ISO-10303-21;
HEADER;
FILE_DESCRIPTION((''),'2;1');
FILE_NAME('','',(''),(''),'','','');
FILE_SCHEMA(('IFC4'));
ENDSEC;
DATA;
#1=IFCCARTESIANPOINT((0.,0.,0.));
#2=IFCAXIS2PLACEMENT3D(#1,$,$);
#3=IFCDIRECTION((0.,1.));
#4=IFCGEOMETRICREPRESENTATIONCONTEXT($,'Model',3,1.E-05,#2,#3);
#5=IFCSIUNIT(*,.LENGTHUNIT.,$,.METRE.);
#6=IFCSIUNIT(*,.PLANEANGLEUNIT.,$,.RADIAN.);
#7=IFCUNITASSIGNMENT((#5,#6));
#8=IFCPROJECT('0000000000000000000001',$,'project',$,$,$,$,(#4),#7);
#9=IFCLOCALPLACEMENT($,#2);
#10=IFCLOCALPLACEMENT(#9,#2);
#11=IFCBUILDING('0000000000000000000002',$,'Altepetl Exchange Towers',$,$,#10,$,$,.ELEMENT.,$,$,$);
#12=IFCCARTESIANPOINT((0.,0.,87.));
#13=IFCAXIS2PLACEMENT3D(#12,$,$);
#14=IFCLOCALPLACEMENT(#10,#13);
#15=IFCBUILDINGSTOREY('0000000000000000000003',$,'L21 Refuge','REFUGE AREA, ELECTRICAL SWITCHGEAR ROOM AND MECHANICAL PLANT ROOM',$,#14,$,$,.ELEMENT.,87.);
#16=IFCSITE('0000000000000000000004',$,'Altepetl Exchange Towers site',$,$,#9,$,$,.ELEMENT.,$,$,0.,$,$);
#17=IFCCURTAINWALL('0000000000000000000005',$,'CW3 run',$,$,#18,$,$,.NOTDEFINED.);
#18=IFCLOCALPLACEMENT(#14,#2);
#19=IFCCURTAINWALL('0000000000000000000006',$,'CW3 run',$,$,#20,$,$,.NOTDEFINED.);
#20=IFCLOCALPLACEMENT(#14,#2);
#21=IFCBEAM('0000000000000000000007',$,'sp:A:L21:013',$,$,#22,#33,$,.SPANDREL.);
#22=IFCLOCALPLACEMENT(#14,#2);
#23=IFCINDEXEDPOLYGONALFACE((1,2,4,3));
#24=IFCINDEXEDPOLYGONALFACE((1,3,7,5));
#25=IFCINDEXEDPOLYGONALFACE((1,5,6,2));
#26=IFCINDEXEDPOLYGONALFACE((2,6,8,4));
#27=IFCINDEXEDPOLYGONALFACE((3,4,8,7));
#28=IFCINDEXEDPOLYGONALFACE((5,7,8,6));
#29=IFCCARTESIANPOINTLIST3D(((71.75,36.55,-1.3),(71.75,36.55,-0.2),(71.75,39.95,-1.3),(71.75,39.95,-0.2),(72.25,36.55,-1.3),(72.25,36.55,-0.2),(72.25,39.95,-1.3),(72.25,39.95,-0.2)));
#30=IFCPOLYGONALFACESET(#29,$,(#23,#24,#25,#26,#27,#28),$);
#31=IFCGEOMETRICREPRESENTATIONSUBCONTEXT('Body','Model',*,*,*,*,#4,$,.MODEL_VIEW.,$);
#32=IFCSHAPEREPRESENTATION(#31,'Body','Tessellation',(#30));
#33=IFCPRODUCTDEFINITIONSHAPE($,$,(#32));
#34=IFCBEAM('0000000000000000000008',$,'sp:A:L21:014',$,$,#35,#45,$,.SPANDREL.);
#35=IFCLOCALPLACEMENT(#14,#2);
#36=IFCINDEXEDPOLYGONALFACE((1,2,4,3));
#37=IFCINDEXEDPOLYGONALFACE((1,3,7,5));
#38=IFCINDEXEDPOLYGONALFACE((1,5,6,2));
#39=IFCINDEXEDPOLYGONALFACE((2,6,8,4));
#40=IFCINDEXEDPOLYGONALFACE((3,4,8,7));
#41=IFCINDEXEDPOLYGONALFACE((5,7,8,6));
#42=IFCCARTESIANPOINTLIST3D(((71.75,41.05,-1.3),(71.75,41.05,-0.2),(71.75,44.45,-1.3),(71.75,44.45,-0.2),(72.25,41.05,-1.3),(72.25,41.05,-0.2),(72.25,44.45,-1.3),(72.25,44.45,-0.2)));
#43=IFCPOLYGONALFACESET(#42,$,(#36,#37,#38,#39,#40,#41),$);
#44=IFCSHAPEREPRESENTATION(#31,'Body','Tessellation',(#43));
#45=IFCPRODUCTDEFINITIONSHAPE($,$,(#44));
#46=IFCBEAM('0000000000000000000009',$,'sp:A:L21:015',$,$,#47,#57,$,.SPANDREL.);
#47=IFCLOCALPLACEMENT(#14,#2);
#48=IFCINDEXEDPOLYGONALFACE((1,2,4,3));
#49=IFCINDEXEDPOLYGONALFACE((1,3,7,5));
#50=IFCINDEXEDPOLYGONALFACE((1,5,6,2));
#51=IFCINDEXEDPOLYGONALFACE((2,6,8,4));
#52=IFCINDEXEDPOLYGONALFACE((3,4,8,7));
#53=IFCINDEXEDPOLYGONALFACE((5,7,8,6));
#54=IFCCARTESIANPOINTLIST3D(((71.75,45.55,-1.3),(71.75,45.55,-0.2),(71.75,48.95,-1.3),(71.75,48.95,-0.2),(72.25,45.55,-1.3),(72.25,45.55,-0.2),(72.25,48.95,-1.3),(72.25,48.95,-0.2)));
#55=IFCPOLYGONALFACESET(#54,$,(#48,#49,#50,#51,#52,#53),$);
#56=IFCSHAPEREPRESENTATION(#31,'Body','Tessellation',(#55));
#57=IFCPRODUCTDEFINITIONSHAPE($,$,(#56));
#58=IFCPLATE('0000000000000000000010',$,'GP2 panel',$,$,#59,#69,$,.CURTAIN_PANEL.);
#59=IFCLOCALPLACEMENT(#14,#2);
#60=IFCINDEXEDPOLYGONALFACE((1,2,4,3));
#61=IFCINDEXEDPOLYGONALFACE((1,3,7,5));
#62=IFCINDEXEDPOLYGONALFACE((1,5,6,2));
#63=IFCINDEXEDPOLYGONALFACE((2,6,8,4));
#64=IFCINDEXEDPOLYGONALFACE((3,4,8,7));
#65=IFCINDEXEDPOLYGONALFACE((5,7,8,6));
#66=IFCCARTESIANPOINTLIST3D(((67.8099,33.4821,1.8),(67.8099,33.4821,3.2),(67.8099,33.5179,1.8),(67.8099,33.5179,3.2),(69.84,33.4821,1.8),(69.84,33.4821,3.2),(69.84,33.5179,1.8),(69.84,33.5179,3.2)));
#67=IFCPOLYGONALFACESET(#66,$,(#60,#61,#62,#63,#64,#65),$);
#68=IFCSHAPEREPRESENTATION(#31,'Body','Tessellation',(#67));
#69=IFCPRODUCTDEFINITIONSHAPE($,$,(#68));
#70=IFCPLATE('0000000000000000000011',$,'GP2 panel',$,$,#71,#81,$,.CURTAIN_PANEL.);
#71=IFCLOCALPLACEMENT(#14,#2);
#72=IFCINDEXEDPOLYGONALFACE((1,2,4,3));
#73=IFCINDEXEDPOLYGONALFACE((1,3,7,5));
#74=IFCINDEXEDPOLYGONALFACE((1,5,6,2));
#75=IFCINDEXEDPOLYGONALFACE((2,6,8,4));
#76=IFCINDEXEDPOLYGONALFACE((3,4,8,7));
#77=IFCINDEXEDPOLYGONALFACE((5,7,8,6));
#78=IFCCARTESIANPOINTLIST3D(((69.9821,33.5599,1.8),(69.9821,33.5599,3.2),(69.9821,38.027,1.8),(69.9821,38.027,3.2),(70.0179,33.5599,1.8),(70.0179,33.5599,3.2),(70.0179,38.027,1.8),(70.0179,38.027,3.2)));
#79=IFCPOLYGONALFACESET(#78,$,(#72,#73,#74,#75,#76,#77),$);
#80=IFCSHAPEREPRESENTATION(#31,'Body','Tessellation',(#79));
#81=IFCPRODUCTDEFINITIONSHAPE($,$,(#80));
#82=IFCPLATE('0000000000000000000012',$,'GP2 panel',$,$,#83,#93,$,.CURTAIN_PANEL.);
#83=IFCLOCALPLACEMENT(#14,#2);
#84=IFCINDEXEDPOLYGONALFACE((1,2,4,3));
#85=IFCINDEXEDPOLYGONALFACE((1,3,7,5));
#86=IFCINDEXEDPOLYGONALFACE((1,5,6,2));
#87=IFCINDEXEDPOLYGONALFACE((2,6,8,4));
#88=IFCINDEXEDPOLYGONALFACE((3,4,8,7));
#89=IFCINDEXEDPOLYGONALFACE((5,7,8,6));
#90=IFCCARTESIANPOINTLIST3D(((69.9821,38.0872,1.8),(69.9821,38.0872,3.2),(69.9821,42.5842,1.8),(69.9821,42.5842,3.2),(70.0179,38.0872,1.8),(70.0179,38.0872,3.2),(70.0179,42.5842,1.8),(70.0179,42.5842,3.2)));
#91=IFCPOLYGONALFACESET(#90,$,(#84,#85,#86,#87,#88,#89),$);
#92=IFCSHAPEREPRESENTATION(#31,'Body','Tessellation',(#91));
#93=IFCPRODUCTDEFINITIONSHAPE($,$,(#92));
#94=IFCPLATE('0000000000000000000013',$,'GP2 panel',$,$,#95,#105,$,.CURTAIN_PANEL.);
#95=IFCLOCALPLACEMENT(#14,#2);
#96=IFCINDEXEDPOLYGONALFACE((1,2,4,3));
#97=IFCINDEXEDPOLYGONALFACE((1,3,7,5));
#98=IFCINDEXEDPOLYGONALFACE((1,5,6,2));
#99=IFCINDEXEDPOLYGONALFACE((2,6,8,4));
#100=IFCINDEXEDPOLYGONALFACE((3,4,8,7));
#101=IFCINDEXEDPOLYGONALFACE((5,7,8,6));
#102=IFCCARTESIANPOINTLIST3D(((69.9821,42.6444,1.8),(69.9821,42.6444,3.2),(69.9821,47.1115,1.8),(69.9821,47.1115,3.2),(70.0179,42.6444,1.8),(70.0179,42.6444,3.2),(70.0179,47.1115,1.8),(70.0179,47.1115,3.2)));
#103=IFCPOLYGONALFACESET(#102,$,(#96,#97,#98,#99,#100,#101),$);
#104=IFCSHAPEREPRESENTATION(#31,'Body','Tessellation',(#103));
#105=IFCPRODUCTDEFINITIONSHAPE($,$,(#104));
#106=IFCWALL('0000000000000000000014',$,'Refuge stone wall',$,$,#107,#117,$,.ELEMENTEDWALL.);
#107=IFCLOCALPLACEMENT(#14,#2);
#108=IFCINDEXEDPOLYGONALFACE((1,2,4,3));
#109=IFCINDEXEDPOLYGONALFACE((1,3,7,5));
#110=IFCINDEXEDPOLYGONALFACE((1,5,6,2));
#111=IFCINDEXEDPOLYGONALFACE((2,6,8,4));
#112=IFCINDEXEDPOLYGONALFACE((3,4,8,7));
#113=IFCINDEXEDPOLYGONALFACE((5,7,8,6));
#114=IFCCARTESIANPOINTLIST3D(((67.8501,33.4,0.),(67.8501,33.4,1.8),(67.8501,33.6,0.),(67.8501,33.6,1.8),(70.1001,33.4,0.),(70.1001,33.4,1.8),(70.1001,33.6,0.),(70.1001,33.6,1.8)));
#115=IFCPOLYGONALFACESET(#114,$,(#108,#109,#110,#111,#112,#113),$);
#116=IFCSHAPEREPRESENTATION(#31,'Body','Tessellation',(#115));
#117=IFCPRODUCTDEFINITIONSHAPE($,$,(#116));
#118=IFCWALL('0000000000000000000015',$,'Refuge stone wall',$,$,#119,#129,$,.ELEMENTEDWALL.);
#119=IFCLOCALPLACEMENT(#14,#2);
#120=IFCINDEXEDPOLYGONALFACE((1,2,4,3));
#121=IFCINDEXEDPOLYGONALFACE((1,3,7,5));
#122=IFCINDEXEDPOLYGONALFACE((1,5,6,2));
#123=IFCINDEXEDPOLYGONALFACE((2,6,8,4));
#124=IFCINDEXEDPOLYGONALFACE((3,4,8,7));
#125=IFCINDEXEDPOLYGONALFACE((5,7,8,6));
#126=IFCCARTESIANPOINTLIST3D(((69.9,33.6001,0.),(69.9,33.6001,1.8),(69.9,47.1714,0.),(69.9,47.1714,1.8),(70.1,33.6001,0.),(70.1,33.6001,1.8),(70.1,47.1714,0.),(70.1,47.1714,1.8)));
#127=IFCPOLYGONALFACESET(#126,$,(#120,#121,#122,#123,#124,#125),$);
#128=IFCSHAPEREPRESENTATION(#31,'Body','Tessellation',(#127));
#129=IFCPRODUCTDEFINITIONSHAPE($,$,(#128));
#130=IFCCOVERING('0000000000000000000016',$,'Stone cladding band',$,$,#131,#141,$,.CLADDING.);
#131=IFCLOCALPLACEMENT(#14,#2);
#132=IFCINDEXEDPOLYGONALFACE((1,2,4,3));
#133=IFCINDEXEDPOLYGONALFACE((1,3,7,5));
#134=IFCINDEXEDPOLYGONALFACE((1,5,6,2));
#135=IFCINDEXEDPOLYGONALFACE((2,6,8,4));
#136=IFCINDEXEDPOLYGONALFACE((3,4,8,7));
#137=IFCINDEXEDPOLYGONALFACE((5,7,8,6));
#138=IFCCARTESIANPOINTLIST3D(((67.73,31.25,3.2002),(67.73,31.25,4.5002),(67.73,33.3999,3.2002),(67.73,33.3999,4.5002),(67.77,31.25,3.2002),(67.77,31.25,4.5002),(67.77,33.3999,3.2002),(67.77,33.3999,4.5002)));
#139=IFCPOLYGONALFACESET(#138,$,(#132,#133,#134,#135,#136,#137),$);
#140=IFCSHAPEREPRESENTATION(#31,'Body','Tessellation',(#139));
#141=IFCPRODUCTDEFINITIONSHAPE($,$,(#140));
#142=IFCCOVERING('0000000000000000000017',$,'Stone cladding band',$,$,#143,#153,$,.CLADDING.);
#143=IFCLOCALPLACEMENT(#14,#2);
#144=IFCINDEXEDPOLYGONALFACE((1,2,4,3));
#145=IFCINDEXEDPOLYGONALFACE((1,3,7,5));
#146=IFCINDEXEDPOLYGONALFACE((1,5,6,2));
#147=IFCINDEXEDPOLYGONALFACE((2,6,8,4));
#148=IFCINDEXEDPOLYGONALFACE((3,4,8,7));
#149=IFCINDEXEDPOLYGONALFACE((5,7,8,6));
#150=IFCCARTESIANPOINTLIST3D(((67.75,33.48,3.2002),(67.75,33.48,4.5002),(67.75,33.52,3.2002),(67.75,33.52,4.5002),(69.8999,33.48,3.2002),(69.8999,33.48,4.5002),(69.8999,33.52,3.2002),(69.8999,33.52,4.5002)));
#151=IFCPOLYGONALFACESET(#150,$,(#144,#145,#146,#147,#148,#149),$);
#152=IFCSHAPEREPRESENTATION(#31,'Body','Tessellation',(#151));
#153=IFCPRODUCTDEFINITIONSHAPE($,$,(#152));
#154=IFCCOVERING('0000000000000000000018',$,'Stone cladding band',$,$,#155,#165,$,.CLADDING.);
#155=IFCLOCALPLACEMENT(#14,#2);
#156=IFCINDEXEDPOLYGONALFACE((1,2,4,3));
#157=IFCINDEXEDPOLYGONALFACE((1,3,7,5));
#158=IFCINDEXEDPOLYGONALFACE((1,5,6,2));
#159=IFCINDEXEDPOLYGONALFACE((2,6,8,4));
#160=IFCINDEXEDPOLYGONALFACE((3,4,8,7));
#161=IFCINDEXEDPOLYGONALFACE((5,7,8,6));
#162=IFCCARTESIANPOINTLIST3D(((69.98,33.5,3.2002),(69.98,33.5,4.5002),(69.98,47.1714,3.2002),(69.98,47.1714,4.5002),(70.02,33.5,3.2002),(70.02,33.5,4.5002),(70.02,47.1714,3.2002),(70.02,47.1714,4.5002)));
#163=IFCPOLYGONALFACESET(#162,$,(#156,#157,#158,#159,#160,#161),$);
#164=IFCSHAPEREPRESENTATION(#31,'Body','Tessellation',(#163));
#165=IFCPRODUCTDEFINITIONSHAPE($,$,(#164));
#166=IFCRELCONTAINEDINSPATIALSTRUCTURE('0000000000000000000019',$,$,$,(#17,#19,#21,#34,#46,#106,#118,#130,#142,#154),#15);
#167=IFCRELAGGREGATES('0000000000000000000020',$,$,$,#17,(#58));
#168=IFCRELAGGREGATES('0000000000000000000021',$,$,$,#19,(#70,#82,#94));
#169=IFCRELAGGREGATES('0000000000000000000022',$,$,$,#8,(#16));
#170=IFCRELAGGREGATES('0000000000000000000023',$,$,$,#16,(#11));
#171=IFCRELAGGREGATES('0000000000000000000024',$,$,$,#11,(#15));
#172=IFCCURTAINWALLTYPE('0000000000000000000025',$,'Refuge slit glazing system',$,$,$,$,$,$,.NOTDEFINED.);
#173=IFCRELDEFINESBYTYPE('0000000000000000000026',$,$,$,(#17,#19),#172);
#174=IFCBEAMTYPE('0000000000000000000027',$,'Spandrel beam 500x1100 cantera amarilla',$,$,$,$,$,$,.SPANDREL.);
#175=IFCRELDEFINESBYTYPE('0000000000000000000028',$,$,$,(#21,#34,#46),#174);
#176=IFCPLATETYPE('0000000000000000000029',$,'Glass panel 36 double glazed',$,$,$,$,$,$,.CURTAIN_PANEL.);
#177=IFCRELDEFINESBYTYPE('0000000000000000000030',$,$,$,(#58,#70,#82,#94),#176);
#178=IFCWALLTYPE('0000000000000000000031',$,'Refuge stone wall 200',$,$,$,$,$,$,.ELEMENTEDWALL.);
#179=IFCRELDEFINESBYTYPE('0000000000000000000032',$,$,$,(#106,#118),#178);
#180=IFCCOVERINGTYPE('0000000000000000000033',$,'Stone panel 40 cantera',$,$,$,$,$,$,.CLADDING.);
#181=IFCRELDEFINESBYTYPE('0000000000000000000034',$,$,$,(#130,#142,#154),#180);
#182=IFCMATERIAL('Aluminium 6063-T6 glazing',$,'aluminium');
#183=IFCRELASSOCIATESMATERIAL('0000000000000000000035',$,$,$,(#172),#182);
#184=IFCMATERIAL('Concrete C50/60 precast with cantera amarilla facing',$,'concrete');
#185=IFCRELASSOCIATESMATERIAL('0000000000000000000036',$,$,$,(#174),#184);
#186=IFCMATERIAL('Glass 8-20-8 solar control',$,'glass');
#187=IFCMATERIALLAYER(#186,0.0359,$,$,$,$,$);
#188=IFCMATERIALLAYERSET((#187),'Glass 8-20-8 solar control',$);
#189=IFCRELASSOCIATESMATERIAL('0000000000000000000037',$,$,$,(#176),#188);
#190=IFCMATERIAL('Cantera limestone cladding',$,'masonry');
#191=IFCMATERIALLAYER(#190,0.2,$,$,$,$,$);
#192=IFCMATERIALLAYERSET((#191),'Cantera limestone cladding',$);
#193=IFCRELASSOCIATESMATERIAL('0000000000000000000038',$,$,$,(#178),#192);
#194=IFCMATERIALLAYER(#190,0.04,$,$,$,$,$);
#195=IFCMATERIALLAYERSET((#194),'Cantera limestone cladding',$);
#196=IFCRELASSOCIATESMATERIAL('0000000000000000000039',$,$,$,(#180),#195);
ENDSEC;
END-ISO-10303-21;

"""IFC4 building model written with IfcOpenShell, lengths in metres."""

from ifc_helpers import new_model, si_unit, direction, frame, frame_2d, origin, origin_2d, place, context, subcontext, project, spatial, rectangle, extrude, material, layer, layer_set, material_profile, profile_set, type_object, element, aggregate, save


model = new_model("IFC4")

# Units and contexts
model_context = context("Model", 3, precision=1e-05, world=origin(), true_north=direction((0.0, 1.0)))
body_context = subcontext(model_context, "Body", "Model", "MODEL_VIEW")
ifc_project = project(units=[si_unit("LENGTHUNIT", "METRE"), si_unit("PLANEANGLEUNIT", "RADIAN")], contexts=[model_context])

# Site, building, storey
site_placement = place(None, origin())
site = spatial("IfcSite", under=ifc_project, at=site_placement, Name="Altepetl Exchange Towers site", CompositionType="ELEMENT", RefElevation=0.0)
building_placement = place(site_placement, origin())
building = spatial("IfcBuilding", under=site, at=building_placement, Name="Altepetl Exchange Towers", CompositionType="ELEMENT")
storey_placement = place(building_placement, frame((0.0, 0.0, 87.0)))
storey = spatial("IfcBuildingStorey", under=building, at=storey_placement, Name="L21 Refuge", Description="REFUGE AREA, ELECTRICAL SWITCHGEAR ROOM AND MECHANICAL PLANT ROOM", CompositionType="ELEMENT", Elevation=87.0)

# Shared definitions
ifc_material_1 = material(Name="Aluminium 6063-T6 glazing", Category="aluminium")
curtain_wall_type = type_object("IfcCurtainWallType", Name="Refuge slit glazing system", PredefinedType="NOTDEFINED", material=ifc_material_1)

# Curtain walls
curtain_wall_1_placement = place(storey_placement, origin())
curtain_wall_1 = element("IfcCurtainWall", 1, at=curtain_wall_1_placement, inside=storey, type_object=curtain_wall_type, Name="CW3 run", PredefinedType="NOTDEFINED")
curtain_wall_2_placement = place(storey_placement, origin())
curtain_wall_2 = element("IfcCurtainWall", 2, at=curtain_wall_2_placement, inside=storey, type_object=curtain_wall_type, Name="CW3 run", PredefinedType="NOTDEFINED")

# Beams
ifc_material_2 = material(Name="Concrete C50/60 precast with cantera amarilla facing", Category="concrete")
ifc_material_profile_1 = material_profile(ifc_material_2, rectangle(XDim=0.5, YDim=1.1001, at=origin_2d()), Name="500 x 1100")
ifc_profile_set_1 = profile_set([ifc_material_profile_1], Name="Concrete C50/60 precast with cantera amarilla facing")
beam_type_1 = type_object("IfcBeamType", Name="Spandrel beam 500x1100 cantera amarilla", PredefinedType="SPANDREL", material=ifc_profile_set_1)
for number, where, z_axis, x_axis, name in (
    (3, (72.0, 36.55, -0.75), (0.0, 1.0, 0.0), (-1.0, 0.0, 0.0), "sp:A:L21:013"),
    (4, (72.0, 41.05, -0.75), (0.0, 1.0, 0.0), (-1.0, 0.0, 0.0), "sp:A:L21:014"),
    (5, (72.0, 45.55, -0.75), (0.0, 1.0, 0.0), (-1.0, 0.0, 0.0), "sp:A:L21:015"),
):
    element("IfcBeam", number, at=place(storey_placement, frame(where, z_axis=z_axis, x_axis=x_axis)), inside=storey, type_object=beam_type_1, Name=name, PredefinedType="SPANDREL", context=body_context, shape_type="SweptSolid", body=[
        extrude(rectangle(XDim=0.5, YDim=1.1001, at=origin_2d()), origin(), (0.0, 0.0, 1.0), 3.3999),
    ])

# Plates
ifc_material_3 = material(Name="Glass 8-20-8 solar control", Category="glass")
ifc_layer_1 = layer(ifc_material_3, 0.0359)
ifc_layer_set_1 = layer_set([ifc_layer_1], Name="Glass 8-20-8 solar control")
plate_type = type_object("IfcPlateType", Name="Glass panel 36 double glazed", PredefinedType="CURTAIN_PANEL", material=ifc_layer_set_1)
plate_1_placement = place(storey_placement, frame((68.825, 33.5, 1.8)))
plate_1 = element("IfcPlate", 6, at=plate_1_placement, type_object=plate_type, Name="GP2 panel", PredefinedType="CURTAIN_PANEL", context=body_context, shape_type="SweptSolid", body=[
    extrude(rectangle(XDim=2.03, YDim=0.0359, at=origin_2d()), origin(), (0.0, 0.0, 1.0), 1.3999),
])
aggregate(curtain_wall_1, [plate_1])
plate_2_placement = place(storey_placement, frame((70.0, 35.7935, 1.8), z_axis=(0.0, 0.0, 1.0), x_axis=(0.0, 1.0, 0.0)))
plate_2 = element("IfcPlate", 7, at=plate_2_placement, type_object=plate_type, Name="GP2 panel", PredefinedType="CURTAIN_PANEL", context=body_context, shape_type="SweptSolid", body=[
    extrude(rectangle(XDim=4.467, YDim=0.0359, at=origin_2d()), origin(), (0.0, 0.0, 1.0), 1.3999),
])
plate_3_placement = place(storey_placement, frame((70.0, 40.3357, 1.8), z_axis=(0.0, 0.0, 1.0), x_axis=(0.0, 1.0, 0.0)))
plate_3 = element("IfcPlate", 8, at=plate_3_placement, type_object=plate_type, Name="GP2 panel", PredefinedType="CURTAIN_PANEL", context=body_context, shape_type="SweptSolid", body=[
    extrude(rectangle(XDim=4.4971, YDim=0.0359, at=origin_2d()), origin(), (0.0, 0.0, 1.0), 1.3999),
])
plate_4_placement = place(storey_placement, frame((70.0, 44.8779, 1.8), z_axis=(0.0, 0.0, 1.0), x_axis=(0.0, 1.0, 0.0)))
plate_4 = element("IfcPlate", 9, at=plate_4_placement, type_object=plate_type, Name="GP2 panel", PredefinedType="CURTAIN_PANEL", context=body_context, shape_type="SweptSolid", body=[
    extrude(rectangle(XDim=4.467, YDim=0.0359, at=origin_2d()), origin(), (0.0, 0.0, 1.0), 1.3999),
])
aggregate(curtain_wall_2, [plate_2, plate_3, plate_4])

# Walls
ifc_material_4 = material(Name="Cantera limestone cladding", Category="masonry")
ifc_layer_2 = layer(ifc_material_4, 0.2)
ifc_layer_set_2 = layer_set([ifc_layer_2], Name="Cantera limestone cladding")
wall_type_1 = type_object("IfcWallType", Name="Refuge stone wall 200", PredefinedType="ELEMENTEDWALL", material=ifc_layer_set_2)
wall_1_placement = place(storey_placement, frame((67.8501, 33.5, 0.0)))
element("IfcWall", 10, at=wall_1_placement, inside=storey, type_object=wall_type_1, Name="Refuge stone wall", PredefinedType="ELEMENTEDWALL", context=body_context, shape_type="SweptSolid", body=[
    extrude(rectangle(XDim=2.25, YDim=0.2, at=frame_2d((1.125, 0.0))), origin(), (0.0, 0.0, 1.0), 1.8),
])
wall_2_placement = place(storey_placement, frame((70.0, 33.6001, 0.0), z_axis=(0.0, 0.0, 1.0), x_axis=(0.0, 1.0, 0.0)))
element("IfcWall", 11, at=wall_2_placement, inside=storey, type_object=wall_type_1, Name="Refuge stone wall", PredefinedType="ELEMENTEDWALL", context=body_context, shape_type="SweptSolid", body=[
    extrude(rectangle(XDim=13.5713, YDim=0.2, at=frame_2d((6.7856, 0.0))), origin(), (0.0, 0.0, 1.0), 1.8),
])

# Coverings
ifc_layer_3 = layer(ifc_material_4, 0.04)
ifc_layer_set_3 = layer_set([ifc_layer_3], Name="Cantera limestone cladding")
covering_type = type_object("IfcCoveringType", Name="Stone panel 40 cantera", PredefinedType="CLADDING", material=ifc_layer_set_3)
covering_1_placement = place(storey_placement, frame((67.75, 32.325, 3.2002), z_axis=(0.0, 0.0, 1.0), x_axis=(0.0, 1.0, 0.0)))
element("IfcCovering", 12, at=covering_1_placement, inside=storey, type_object=covering_type, Name="Stone cladding band", PredefinedType="CLADDING", context=body_context, shape_type="SweptSolid", body=[
    extrude(rectangle(XDim=2.1499, YDim=0.04, at=origin_2d()), origin(), (0.0, 0.0, 1.0), 1.3),
])
covering_2_placement = place(storey_placement, frame((68.825, 33.5, 3.2002)))
element("IfcCovering", 13, at=covering_2_placement, inside=storey, type_object=covering_type, Name="Stone cladding band", PredefinedType="CLADDING", context=body_context, shape_type="SweptSolid", body=[
    extrude(rectangle(XDim=2.1499, YDim=0.04, at=origin_2d()), origin(), (0.0, 0.0, 1.0), 1.3),
])
covering_3_placement = place(storey_placement, frame((70.0, 40.3357, 3.2002), z_axis=(0.0, 0.0, 1.0), x_axis=(0.0, 1.0, 0.0)))
element("IfcCovering", 14, at=covering_3_placement, inside=storey, type_object=covering_type, Name="Stone cladding band", PredefinedType="CLADDING", context=body_context, shape_type="SweptSolid", body=[
    extrude(rectangle(XDim=13.6714, YDim=0.04, at=origin_2d()), origin(), (0.0, 0.0, 1.0), 1.3),
])

save(model, "model.ifc")
